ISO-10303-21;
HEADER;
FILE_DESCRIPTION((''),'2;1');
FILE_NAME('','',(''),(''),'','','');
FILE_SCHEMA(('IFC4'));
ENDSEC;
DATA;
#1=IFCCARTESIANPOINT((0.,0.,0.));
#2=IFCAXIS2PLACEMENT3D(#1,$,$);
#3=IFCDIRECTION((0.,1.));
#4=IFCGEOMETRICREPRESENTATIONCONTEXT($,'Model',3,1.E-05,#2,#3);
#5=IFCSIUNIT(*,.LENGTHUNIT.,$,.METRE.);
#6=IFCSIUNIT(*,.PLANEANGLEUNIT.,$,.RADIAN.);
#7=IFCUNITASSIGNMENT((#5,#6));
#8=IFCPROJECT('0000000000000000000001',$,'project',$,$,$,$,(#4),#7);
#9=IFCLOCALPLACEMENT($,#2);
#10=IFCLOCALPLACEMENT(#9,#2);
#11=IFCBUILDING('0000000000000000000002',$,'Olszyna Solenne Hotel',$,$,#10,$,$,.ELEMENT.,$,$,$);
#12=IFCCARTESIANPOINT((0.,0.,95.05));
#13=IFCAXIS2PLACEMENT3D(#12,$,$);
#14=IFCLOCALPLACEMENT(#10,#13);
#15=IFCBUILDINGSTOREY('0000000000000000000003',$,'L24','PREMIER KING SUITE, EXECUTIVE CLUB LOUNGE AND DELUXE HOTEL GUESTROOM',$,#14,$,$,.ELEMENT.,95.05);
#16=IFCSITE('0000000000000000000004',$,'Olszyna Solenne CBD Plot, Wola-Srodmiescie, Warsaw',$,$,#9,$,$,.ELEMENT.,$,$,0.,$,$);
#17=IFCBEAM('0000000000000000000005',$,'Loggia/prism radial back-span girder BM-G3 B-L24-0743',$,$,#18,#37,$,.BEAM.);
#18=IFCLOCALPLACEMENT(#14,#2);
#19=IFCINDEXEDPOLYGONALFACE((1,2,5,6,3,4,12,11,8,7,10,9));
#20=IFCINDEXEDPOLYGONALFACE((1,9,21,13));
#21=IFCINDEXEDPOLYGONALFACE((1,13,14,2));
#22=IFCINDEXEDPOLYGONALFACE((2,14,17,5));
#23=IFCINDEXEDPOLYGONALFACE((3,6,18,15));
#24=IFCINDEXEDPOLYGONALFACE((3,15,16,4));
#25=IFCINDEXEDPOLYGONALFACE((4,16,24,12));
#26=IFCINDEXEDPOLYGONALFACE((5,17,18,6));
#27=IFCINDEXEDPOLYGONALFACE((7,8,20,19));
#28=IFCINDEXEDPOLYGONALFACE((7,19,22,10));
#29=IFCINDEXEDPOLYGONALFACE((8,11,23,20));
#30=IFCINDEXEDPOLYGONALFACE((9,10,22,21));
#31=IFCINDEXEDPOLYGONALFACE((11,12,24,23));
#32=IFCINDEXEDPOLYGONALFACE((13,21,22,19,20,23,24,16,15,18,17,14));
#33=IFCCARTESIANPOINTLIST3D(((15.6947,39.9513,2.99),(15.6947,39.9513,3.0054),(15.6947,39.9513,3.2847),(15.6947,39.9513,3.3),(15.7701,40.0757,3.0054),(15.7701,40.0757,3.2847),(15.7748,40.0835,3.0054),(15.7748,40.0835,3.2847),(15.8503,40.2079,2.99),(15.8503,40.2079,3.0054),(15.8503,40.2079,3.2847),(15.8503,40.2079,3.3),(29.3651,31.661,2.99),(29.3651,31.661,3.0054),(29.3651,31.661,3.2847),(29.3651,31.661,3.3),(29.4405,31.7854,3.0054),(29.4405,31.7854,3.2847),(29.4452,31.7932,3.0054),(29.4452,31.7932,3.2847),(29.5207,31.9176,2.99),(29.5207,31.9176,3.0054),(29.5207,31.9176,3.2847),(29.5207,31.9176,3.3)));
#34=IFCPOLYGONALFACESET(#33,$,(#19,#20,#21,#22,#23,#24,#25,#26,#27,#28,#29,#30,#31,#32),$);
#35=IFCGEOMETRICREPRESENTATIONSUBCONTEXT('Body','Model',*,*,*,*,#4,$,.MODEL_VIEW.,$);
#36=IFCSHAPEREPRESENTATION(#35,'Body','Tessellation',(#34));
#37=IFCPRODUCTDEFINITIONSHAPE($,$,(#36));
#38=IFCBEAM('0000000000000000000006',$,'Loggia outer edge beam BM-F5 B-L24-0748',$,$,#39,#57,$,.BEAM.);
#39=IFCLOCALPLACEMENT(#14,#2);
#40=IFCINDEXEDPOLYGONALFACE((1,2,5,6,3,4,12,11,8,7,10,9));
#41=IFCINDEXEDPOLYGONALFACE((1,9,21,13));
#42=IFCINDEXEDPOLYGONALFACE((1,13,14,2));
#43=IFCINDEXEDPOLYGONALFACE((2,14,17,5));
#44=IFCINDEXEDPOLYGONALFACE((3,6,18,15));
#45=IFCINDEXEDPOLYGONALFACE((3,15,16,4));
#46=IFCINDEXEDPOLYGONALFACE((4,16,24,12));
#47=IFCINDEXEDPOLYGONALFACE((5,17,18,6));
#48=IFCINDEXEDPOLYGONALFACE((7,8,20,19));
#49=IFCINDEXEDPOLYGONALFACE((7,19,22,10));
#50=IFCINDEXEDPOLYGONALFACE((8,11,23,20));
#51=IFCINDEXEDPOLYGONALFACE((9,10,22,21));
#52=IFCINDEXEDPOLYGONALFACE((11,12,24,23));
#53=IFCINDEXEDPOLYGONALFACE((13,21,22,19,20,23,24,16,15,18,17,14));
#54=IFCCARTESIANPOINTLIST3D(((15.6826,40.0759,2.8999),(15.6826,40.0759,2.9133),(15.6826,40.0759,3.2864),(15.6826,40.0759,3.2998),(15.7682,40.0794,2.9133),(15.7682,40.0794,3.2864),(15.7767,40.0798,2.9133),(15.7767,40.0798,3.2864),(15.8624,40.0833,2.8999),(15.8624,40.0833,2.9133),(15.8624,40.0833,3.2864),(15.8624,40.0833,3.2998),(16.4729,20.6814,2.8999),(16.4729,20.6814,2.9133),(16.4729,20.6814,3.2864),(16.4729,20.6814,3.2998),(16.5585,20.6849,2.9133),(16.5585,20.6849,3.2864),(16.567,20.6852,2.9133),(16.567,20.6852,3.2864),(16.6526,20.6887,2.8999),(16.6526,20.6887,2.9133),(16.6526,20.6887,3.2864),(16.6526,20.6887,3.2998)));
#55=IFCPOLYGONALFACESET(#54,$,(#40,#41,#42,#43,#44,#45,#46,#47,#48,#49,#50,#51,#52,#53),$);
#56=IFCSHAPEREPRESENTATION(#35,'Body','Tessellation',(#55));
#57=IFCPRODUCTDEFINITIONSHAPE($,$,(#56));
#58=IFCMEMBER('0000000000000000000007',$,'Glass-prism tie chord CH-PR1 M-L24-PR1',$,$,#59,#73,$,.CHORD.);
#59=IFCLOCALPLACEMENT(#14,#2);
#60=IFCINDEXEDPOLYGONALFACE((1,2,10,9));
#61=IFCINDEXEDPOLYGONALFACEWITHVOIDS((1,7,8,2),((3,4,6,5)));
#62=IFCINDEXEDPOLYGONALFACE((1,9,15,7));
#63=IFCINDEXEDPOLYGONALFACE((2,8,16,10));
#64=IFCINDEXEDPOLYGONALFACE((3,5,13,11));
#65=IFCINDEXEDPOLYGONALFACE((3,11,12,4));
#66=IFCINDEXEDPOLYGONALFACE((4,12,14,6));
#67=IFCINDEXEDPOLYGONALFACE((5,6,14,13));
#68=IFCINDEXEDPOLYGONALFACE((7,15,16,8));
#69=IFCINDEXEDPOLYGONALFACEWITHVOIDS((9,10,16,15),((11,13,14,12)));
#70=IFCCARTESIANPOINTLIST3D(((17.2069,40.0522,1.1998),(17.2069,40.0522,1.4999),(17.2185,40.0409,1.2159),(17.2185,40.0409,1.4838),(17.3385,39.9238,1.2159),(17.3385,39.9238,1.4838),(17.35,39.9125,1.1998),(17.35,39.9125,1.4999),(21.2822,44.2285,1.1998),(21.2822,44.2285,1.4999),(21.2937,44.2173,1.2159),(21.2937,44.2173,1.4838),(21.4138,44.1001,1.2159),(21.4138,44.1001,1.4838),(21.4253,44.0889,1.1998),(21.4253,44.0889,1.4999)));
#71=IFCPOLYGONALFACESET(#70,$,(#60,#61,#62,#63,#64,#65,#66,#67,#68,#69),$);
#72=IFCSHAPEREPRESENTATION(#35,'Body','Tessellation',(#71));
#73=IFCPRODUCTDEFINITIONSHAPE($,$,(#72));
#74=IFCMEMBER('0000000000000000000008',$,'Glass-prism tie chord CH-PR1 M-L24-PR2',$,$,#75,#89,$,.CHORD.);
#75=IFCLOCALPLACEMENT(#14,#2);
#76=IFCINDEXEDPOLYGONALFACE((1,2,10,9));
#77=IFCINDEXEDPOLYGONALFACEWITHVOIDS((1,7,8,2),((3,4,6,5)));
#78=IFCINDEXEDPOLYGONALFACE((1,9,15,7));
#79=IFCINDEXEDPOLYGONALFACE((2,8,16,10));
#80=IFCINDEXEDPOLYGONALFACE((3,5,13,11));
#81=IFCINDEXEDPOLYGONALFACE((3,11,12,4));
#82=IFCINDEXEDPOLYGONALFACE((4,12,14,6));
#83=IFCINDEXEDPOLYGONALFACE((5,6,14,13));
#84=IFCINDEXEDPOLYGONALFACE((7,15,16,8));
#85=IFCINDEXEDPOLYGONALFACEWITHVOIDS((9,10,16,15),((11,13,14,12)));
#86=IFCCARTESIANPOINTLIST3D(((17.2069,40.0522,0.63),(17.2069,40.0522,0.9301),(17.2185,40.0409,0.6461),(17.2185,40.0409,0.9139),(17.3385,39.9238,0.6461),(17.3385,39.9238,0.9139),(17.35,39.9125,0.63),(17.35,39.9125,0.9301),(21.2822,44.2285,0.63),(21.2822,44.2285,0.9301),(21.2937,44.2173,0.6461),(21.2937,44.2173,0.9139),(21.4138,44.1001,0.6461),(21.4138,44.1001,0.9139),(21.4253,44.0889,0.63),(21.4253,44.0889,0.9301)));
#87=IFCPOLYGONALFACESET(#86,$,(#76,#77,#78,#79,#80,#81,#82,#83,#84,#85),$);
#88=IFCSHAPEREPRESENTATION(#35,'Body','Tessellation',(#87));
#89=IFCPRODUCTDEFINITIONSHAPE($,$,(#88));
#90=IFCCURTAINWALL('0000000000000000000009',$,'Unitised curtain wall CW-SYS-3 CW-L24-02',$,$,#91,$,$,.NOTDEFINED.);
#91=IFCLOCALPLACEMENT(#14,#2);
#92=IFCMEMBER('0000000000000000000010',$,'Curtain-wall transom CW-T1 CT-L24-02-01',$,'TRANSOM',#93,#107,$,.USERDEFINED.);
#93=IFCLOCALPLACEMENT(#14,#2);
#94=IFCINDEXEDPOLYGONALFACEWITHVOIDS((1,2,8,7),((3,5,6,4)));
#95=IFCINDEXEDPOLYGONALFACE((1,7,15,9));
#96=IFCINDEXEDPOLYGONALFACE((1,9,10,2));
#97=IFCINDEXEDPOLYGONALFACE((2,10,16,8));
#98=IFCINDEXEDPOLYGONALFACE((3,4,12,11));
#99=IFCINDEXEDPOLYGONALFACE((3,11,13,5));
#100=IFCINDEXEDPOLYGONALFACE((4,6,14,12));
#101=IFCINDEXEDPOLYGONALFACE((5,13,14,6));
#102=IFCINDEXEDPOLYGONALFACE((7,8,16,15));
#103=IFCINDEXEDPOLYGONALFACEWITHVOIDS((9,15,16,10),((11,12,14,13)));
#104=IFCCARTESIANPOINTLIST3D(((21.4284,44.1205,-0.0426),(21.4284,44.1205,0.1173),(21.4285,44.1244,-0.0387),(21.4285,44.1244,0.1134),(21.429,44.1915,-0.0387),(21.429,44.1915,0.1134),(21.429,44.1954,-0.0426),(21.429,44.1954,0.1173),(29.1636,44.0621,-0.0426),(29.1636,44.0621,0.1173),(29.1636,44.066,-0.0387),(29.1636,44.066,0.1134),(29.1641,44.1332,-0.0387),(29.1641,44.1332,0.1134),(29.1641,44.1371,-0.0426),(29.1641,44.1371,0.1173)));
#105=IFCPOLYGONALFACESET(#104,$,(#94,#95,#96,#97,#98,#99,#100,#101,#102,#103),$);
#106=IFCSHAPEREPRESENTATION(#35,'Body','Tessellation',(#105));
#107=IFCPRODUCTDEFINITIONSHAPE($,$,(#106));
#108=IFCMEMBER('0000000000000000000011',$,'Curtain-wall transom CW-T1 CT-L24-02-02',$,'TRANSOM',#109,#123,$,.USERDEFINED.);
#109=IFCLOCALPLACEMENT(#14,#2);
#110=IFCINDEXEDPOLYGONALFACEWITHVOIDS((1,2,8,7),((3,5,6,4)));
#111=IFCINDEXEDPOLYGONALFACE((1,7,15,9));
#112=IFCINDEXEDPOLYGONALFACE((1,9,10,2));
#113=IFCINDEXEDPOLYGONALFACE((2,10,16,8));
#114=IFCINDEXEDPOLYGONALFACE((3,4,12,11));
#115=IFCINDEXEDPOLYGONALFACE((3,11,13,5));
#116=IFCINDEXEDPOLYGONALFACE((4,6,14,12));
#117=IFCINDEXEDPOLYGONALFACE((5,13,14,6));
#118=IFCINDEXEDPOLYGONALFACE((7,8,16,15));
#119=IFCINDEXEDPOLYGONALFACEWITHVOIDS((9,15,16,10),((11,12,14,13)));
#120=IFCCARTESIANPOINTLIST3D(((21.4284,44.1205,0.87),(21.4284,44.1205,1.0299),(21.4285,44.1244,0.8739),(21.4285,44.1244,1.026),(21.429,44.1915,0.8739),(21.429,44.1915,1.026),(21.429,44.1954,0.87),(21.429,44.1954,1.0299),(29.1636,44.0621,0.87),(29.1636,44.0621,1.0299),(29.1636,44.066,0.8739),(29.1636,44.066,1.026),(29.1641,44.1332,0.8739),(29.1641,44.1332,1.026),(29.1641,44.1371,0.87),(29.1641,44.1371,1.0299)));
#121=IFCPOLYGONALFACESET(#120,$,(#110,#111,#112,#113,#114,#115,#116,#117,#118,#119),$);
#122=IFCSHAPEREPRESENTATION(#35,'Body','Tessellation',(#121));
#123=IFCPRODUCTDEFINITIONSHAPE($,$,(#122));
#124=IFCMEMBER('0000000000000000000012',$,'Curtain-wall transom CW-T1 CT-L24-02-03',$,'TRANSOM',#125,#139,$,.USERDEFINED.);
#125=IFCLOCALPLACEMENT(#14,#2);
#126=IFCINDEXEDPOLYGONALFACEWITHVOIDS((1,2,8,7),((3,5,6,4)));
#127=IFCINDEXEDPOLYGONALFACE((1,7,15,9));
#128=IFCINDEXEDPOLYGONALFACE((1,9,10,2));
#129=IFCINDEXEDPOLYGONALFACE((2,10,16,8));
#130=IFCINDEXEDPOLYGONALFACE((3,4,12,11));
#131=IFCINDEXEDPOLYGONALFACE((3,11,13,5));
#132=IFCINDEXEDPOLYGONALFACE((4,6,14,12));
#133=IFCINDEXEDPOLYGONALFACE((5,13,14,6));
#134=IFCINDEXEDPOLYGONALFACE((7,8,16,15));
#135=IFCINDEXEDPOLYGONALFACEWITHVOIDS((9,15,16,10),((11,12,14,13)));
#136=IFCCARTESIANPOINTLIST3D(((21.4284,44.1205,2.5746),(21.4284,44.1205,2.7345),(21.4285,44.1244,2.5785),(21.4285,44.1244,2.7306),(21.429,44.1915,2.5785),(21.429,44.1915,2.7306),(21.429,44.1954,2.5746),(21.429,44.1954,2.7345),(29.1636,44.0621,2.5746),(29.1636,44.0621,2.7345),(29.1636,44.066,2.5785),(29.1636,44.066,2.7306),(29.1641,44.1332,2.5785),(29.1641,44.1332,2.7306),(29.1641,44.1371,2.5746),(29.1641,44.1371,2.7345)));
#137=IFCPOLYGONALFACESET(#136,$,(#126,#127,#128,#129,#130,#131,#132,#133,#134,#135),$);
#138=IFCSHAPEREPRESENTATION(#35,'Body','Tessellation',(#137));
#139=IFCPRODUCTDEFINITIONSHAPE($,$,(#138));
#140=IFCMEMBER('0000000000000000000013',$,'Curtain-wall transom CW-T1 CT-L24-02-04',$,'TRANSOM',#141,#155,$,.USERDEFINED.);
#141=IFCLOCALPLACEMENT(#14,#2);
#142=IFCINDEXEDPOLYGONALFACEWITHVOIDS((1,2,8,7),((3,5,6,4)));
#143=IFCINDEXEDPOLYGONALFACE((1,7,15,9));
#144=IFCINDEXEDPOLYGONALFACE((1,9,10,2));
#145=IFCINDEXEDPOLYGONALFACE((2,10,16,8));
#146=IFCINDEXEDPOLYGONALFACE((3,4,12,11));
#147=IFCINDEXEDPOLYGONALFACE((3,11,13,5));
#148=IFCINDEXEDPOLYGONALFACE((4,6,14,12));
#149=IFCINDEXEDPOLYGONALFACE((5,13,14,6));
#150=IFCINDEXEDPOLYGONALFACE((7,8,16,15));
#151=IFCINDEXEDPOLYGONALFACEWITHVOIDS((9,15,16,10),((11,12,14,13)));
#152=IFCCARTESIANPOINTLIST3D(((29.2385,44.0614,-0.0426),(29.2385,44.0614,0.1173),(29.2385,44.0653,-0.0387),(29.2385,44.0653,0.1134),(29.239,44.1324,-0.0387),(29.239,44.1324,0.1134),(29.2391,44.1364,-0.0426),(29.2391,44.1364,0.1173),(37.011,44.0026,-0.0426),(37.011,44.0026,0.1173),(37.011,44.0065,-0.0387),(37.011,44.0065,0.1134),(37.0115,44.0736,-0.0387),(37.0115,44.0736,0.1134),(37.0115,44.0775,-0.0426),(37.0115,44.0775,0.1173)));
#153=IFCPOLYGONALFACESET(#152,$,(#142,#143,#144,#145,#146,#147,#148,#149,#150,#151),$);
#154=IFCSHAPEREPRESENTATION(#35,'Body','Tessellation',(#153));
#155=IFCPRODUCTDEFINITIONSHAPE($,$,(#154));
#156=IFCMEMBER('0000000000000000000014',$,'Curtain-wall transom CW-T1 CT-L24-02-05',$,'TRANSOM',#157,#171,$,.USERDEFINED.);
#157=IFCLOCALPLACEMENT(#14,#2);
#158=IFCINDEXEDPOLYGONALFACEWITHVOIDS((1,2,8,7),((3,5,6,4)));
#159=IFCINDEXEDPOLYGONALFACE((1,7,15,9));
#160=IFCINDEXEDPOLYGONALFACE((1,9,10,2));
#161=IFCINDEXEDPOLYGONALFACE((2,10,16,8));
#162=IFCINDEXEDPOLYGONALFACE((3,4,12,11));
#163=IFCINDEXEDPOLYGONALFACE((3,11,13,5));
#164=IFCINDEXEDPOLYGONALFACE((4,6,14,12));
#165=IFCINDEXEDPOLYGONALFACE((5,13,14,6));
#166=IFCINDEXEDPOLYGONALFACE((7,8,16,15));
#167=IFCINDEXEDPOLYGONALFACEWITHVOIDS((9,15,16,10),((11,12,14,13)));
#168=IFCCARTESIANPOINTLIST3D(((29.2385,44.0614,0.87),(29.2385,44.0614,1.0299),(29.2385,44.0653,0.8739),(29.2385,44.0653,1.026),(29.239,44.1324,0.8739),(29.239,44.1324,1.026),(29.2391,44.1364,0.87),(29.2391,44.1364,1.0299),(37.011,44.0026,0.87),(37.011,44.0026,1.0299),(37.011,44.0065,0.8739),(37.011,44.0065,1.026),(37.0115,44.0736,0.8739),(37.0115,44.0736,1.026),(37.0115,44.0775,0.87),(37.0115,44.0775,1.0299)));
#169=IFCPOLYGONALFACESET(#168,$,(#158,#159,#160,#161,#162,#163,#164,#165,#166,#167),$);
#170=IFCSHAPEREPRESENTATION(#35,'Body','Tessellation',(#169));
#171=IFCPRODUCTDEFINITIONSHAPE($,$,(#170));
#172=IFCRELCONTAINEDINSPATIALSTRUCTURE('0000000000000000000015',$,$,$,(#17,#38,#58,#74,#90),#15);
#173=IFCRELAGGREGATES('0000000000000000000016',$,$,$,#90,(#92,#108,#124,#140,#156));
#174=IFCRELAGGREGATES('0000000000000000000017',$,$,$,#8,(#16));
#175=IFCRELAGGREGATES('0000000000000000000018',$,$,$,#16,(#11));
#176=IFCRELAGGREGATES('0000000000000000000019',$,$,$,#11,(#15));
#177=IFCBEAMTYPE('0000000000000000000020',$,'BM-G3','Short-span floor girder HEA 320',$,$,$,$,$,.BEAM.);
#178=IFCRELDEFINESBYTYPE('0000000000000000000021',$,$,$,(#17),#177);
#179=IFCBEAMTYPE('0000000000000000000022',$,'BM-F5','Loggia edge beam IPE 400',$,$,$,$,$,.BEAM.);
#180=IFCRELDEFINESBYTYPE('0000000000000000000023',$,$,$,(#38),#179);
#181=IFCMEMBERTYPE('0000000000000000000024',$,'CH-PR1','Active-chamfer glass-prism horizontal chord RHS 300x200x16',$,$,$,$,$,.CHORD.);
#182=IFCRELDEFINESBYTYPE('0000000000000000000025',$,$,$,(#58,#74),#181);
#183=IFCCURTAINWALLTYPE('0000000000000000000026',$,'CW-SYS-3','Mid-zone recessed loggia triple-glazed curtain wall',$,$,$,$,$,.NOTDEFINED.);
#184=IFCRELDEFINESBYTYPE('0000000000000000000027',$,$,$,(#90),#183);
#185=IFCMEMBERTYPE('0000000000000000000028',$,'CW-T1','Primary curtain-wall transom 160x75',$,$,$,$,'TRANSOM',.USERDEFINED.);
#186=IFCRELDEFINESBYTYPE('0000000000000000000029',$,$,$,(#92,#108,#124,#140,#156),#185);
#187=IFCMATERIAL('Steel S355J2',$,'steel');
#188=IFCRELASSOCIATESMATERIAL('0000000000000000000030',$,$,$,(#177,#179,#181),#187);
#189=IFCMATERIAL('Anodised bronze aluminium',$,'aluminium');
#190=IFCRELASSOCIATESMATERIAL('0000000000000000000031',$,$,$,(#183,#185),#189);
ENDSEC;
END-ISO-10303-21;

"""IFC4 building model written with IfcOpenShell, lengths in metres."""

from ifc_helpers import new_model, si_unit, direction, frame, origin, origin_2d, place, context, subcontext, project, spatial, hollow_rectangle, i_section, extrude, source, transform, mapped, material, material_profile, profile_set, type_object, element, aggregate, save


model = new_model("IFC4")

# Units and contexts
model_context = context("Model", 3, precision=1e-05, world=origin(), true_north=direction((0.0, 1.0)))
body_context = subcontext(model_context, "Body", "Model", "MODEL_VIEW")
ifc_project = project(units=[si_unit("LENGTHUNIT", "METRE"), si_unit("PLANEANGLEUNIT", "RADIAN")], contexts=[model_context])

# Site, building, storey
site_placement = place(None, origin())
site = spatial("IfcSite", under=ifc_project, at=site_placement, Name="Olszyna Solenne CBD Plot, Wola-Srodmiescie, Warsaw", CompositionType="ELEMENT", RefElevation=0.0)
building_placement = place(site_placement, origin())
building = spatial("IfcBuilding", under=site, at=building_placement, Name="Olszyna Solenne Hotel", CompositionType="ELEMENT")
storey_placement = place(building_placement, frame((0.0, 0.0, 95.05)))
storey = spatial("IfcBuildingStorey", under=building, at=storey_placement, Name="L24", Description="PREMIER KING SUITE, EXECUTIVE CLUB LOUNGE AND DELUXE HOTEL GUESTROOM", CompositionType="ELEMENT", Elevation=95.05)

# Beams
ifc_material_1 = material(Name="Steel S355J2", Category="steel")
ifc_material_profile_1 = material_profile(ifc_material_1, i_section(OverallWidth=0.3, OverallDepth=0.3101, WebThickness=0.009, FlangeThickness=0.0154, at=origin_2d()), Name="HEA 320", Category="load-bearing")
ifc_profile_set_1 = profile_set([ifc_material_profile_1], Name="Steel S355J2")
beam_type_1 = type_object("IfcBeamType", Name="BM-G3", Description="Short-span floor girder HEA 320", PredefinedType="BEAM", material=ifc_profile_set_1)
shared_shape_1 = source(origin(), body_context, "Body", "SweptSolid", [
    extrude(i_section(OverallWidth=0.3, OverallDepth=0.3101, WebThickness=0.009, FlangeThickness=0.0154, at=origin_2d()), origin(), (0.0, 0.0, 1.0), 15.9878),
])
beam_1_placement = place(storey_placement, frame((15.7725, 40.0796, 3.145), z_axis=(0.855054, -0.518539, 0.0), x_axis=(0.518539, 0.855054, 0.0)))
element("IfcBeam", 1, at=beam_1_placement, inside=storey, type_object=beam_type_1, Name="Loggia/prism radial back-span girder BM-G3 B-L24-0743", PredefinedType="BEAM", context=body_context, shape_type="MappedRepresentation", body=[
    mapped(shared_shape_1, transform((0.0, 0.0, 0.0), x_axis=(1.0, 0.0, 0.0), y_axis=(0.0, 1.0, 0.0), z_axis=(0.0, 0.0, 1.0), scale=1.0)),
])
ifc_material_profile_2 = material_profile(ifc_material_1, i_section(OverallWidth=0.1799, OverallDepth=0.3999, WebThickness=0.0085, FlangeThickness=0.0134, at=origin_2d()), Name="IPE 400", Category="load-bearing")
ifc_profile_set_2 = profile_set([ifc_material_profile_2], Name="Steel S355J2")
beam_type_2 = type_object("IfcBeamType", Name="BM-F5", Description="Loggia edge beam IPE 400", PredefinedType="BEAM", material=ifc_profile_set_2)
shared_shape_2 = source(origin(), body_context, "Body", "SweptSolid", [
    extrude(i_section(OverallWidth=0.1799, OverallDepth=0.3999, WebThickness=0.0085, FlangeThickness=0.0134, at=origin_2d()), origin(), (0.0, 0.0, 1.0), 19.4106),
])
beam_2_placement = place(storey_placement, frame((15.7725, 40.0796, 3.0999), z_axis=(0.040714, -0.999171, 0.0), x_axis=(0.999171, 0.040714, 0.0)))
element("IfcBeam", 2, at=beam_2_placement, inside=storey, type_object=beam_type_2, Name="Loggia outer edge beam BM-F5 B-L24-0748", PredefinedType="BEAM", context=body_context, shape_type="MappedRepresentation", body=[
    mapped(shared_shape_2, transform((0.0, 0.0, 0.0), x_axis=(1.0, 0.0, 0.0), y_axis=(0.0, 1.0, 0.0), z_axis=(0.0, 0.0, 1.0), scale=1.0)),
])

# Members
ifc_material_profile_3 = material_profile(ifc_material_1, hollow_rectangle(XDim=0.2, YDim=0.3, WallThickness=0.0161, at=origin_2d()), Name="RHS 300x200x16", Category="load-bearing")
ifc_profile_set_3 = profile_set([ifc_material_profile_3], Name="Steel S355J2")
member_type_1 = type_object("IfcMemberType", Name="CH-PR1", Description="Active-chamfer glass-prism horizontal chord RHS 300x200x16", PredefinedType="CHORD", material=ifc_profile_set_3)
shared_shape_3 = source(origin(), body_context, "Body", "SweptSolid", [
    extrude(hollow_rectangle(XDim=0.2, YDim=0.3, WallThickness=0.0161, at=origin_2d()), origin(), (0.0, 0.0, 1.0), 5.8352),
])
for number, where, z_axis, x_axis, name in (
    (3, (21.3538, 44.1587, 1.3499), (-0.698393, -0.715715, 0.0), (0.715715, -0.698393, 0.0), "Glass-prism tie chord CH-PR1 M-L24-PR1"),
    (4, (21.3538, 44.1587, 0.78), (-0.698393, -0.715715, 0.0), (0.715715, -0.698393, 0.0), "Glass-prism tie chord CH-PR1 M-L24-PR2"),
):
    element("IfcMember", number, at=place(storey_placement, frame(where, z_axis=z_axis, x_axis=x_axis)), inside=storey, type_object=member_type_1, Name=name, PredefinedType="CHORD", context=body_context, shape_type="MappedRepresentation", body=[
        mapped(shared_shape_3, transform((0.0, 0.0, 0.0), x_axis=(1.0, 0.0, 0.0), y_axis=(0.0, 1.0, 0.0), z_axis=(0.0, 0.0, 1.0), scale=1.0)),
    ])

# Curtain wall, members
ifc_material_2 = material(Name="Anodised bronze aluminium", Category="aluminium")
curtain_wall_type = type_object("IfcCurtainWallType", Name="CW-SYS-3", Description="Mid-zone recessed loggia triple-glazed curtain wall", PredefinedType="NOTDEFINED", material=ifc_material_2)
curtain_wall_placement = place(storey_placement, origin())
curtain_wall = element("IfcCurtainWall", 5, at=curtain_wall_placement, inside=storey, type_object=curtain_wall_type, Name="Unitised curtain wall CW-SYS-3 CW-L24-02", PredefinedType="NOTDEFINED")
ifc_material_profile_4 = material_profile(ifc_material_2, hollow_rectangle(XDim=0.075, YDim=0.1599, WallThickness=0.0039, at=origin_2d()), Name="TRAN 160x75x4", Category="load-bearing")
ifc_profile_set_4 = profile_set([ifc_material_profile_4], Name="Anodised bronze aluminium")
member_type_2 = type_object("IfcMemberType", Name="CW-T1", Description="Primary curtain-wall transom 160x75", ElementType="TRANSOM", PredefinedType="USERDEFINED", material=ifc_profile_set_4)
shared_shape_4 = source(origin(), body_context, "Body", "SweptSolid", [
    extrude(hollow_rectangle(XDim=0.075, YDim=0.1599, WallThickness=0.0039, at=origin_2d()), origin(), (0.0, 0.0, 1.0), 7.7354),
])
member_1_placement = place(storey_placement, frame((21.4287, 44.158, 0.0374), z_axis=(0.999972, -0.007543, 0.0), x_axis=(0.007543, 0.999972, 0.0)))
member_1 = element("IfcMember", 6, at=member_1_placement, type_object=member_type_2, Name="Curtain-wall transom CW-T1 CT-L24-02-01", ObjectType="TRANSOM", PredefinedType="USERDEFINED", context=body_context, shape_type="MappedRepresentation", body=[
    mapped(shared_shape_4, transform((0.0, 0.0, 0.0), x_axis=(1.0, 0.0, 0.0), y_axis=(0.0, 1.0, 0.0), z_axis=(0.0, 0.0, 1.0), scale=1.0)),
])
member_2_placement = place(storey_placement, frame((21.4287, 44.158, 0.95), z_axis=(0.999972, -0.007543, 0.0), x_axis=(0.007543, 0.999972, 0.0)))
member_2 = element("IfcMember", 7, at=member_2_placement, type_object=member_type_2, Name="Curtain-wall transom CW-T1 CT-L24-02-02", ObjectType="TRANSOM", PredefinedType="USERDEFINED", context=body_context, shape_type="MappedRepresentation", body=[
    mapped(shared_shape_4, transform((0.0, 0.0, 0.0), x_axis=(1.0, 0.0, 0.0), y_axis=(0.0, 1.0, 0.0), z_axis=(0.0, 0.0, 1.0), scale=1.0)),
])
member_3_placement = place(storey_placement, frame((21.4287, 44.158, 2.6545), z_axis=(0.999972, -0.007543, 0.0), x_axis=(0.007543, 0.999972, 0.0)))
member_3 = element("IfcMember", 8, at=member_3_placement, type_object=member_type_2, Name="Curtain-wall transom CW-T1 CT-L24-02-03", ObjectType="TRANSOM", PredefinedType="USERDEFINED", context=body_context, shape_type="MappedRepresentation", body=[
    mapped(shared_shape_4, transform((0.0, 0.0, 0.0), x_axis=(1.0, 0.0, 0.0), y_axis=(0.0, 1.0, 0.0), z_axis=(0.0, 0.0, 1.0), scale=1.0)),
])
shared_shape_5 = source(origin(), body_context, "Body", "SweptSolid", [
    extrude(hollow_rectangle(XDim=0.075, YDim=0.1599, WallThickness=0.0039, at=origin_2d()), origin(), (0.0, 0.0, 1.0), 7.7727),
])
member_4_placement = place(storey_placement, frame((29.2388, 44.0989, 0.0374), z_axis=(0.999971, -0.00757, 0.0), x_axis=(0.00757, 0.999971, 0.0)))
member_4 = element("IfcMember", 9, at=member_4_placement, type_object=member_type_2, Name="Curtain-wall transom CW-T1 CT-L24-02-04", ObjectType="TRANSOM", PredefinedType="USERDEFINED", context=body_context, shape_type="MappedRepresentation", body=[
    mapped(shared_shape_5, transform((0.0, 0.0, 0.0), x_axis=(1.0, 0.0, 0.0), y_axis=(0.0, 1.0, 0.0), z_axis=(0.0, 0.0, 1.0), scale=1.0)),
])
member_5_placement = place(storey_placement, frame((29.2388, 44.0989, 0.95), z_axis=(0.999971, -0.00757, 0.0), x_axis=(0.00757, 0.999971, 0.0)))
member_5 = element("IfcMember", 10, at=member_5_placement, type_object=member_type_2, Name="Curtain-wall transom CW-T1 CT-L24-02-05", ObjectType="TRANSOM", PredefinedType="USERDEFINED", context=body_context, shape_type="MappedRepresentation", body=[
    mapped(shared_shape_5, transform((0.0, 0.0, 0.0), x_axis=(1.0, 0.0, 0.0), y_axis=(0.0, 1.0, 0.0), z_axis=(0.0, 0.0, 1.0), scale=1.0)),
])

aggregate(curtain_wall, [member_1, member_2, member_3, member_4, member_5])

save(model, "model.ifc")
